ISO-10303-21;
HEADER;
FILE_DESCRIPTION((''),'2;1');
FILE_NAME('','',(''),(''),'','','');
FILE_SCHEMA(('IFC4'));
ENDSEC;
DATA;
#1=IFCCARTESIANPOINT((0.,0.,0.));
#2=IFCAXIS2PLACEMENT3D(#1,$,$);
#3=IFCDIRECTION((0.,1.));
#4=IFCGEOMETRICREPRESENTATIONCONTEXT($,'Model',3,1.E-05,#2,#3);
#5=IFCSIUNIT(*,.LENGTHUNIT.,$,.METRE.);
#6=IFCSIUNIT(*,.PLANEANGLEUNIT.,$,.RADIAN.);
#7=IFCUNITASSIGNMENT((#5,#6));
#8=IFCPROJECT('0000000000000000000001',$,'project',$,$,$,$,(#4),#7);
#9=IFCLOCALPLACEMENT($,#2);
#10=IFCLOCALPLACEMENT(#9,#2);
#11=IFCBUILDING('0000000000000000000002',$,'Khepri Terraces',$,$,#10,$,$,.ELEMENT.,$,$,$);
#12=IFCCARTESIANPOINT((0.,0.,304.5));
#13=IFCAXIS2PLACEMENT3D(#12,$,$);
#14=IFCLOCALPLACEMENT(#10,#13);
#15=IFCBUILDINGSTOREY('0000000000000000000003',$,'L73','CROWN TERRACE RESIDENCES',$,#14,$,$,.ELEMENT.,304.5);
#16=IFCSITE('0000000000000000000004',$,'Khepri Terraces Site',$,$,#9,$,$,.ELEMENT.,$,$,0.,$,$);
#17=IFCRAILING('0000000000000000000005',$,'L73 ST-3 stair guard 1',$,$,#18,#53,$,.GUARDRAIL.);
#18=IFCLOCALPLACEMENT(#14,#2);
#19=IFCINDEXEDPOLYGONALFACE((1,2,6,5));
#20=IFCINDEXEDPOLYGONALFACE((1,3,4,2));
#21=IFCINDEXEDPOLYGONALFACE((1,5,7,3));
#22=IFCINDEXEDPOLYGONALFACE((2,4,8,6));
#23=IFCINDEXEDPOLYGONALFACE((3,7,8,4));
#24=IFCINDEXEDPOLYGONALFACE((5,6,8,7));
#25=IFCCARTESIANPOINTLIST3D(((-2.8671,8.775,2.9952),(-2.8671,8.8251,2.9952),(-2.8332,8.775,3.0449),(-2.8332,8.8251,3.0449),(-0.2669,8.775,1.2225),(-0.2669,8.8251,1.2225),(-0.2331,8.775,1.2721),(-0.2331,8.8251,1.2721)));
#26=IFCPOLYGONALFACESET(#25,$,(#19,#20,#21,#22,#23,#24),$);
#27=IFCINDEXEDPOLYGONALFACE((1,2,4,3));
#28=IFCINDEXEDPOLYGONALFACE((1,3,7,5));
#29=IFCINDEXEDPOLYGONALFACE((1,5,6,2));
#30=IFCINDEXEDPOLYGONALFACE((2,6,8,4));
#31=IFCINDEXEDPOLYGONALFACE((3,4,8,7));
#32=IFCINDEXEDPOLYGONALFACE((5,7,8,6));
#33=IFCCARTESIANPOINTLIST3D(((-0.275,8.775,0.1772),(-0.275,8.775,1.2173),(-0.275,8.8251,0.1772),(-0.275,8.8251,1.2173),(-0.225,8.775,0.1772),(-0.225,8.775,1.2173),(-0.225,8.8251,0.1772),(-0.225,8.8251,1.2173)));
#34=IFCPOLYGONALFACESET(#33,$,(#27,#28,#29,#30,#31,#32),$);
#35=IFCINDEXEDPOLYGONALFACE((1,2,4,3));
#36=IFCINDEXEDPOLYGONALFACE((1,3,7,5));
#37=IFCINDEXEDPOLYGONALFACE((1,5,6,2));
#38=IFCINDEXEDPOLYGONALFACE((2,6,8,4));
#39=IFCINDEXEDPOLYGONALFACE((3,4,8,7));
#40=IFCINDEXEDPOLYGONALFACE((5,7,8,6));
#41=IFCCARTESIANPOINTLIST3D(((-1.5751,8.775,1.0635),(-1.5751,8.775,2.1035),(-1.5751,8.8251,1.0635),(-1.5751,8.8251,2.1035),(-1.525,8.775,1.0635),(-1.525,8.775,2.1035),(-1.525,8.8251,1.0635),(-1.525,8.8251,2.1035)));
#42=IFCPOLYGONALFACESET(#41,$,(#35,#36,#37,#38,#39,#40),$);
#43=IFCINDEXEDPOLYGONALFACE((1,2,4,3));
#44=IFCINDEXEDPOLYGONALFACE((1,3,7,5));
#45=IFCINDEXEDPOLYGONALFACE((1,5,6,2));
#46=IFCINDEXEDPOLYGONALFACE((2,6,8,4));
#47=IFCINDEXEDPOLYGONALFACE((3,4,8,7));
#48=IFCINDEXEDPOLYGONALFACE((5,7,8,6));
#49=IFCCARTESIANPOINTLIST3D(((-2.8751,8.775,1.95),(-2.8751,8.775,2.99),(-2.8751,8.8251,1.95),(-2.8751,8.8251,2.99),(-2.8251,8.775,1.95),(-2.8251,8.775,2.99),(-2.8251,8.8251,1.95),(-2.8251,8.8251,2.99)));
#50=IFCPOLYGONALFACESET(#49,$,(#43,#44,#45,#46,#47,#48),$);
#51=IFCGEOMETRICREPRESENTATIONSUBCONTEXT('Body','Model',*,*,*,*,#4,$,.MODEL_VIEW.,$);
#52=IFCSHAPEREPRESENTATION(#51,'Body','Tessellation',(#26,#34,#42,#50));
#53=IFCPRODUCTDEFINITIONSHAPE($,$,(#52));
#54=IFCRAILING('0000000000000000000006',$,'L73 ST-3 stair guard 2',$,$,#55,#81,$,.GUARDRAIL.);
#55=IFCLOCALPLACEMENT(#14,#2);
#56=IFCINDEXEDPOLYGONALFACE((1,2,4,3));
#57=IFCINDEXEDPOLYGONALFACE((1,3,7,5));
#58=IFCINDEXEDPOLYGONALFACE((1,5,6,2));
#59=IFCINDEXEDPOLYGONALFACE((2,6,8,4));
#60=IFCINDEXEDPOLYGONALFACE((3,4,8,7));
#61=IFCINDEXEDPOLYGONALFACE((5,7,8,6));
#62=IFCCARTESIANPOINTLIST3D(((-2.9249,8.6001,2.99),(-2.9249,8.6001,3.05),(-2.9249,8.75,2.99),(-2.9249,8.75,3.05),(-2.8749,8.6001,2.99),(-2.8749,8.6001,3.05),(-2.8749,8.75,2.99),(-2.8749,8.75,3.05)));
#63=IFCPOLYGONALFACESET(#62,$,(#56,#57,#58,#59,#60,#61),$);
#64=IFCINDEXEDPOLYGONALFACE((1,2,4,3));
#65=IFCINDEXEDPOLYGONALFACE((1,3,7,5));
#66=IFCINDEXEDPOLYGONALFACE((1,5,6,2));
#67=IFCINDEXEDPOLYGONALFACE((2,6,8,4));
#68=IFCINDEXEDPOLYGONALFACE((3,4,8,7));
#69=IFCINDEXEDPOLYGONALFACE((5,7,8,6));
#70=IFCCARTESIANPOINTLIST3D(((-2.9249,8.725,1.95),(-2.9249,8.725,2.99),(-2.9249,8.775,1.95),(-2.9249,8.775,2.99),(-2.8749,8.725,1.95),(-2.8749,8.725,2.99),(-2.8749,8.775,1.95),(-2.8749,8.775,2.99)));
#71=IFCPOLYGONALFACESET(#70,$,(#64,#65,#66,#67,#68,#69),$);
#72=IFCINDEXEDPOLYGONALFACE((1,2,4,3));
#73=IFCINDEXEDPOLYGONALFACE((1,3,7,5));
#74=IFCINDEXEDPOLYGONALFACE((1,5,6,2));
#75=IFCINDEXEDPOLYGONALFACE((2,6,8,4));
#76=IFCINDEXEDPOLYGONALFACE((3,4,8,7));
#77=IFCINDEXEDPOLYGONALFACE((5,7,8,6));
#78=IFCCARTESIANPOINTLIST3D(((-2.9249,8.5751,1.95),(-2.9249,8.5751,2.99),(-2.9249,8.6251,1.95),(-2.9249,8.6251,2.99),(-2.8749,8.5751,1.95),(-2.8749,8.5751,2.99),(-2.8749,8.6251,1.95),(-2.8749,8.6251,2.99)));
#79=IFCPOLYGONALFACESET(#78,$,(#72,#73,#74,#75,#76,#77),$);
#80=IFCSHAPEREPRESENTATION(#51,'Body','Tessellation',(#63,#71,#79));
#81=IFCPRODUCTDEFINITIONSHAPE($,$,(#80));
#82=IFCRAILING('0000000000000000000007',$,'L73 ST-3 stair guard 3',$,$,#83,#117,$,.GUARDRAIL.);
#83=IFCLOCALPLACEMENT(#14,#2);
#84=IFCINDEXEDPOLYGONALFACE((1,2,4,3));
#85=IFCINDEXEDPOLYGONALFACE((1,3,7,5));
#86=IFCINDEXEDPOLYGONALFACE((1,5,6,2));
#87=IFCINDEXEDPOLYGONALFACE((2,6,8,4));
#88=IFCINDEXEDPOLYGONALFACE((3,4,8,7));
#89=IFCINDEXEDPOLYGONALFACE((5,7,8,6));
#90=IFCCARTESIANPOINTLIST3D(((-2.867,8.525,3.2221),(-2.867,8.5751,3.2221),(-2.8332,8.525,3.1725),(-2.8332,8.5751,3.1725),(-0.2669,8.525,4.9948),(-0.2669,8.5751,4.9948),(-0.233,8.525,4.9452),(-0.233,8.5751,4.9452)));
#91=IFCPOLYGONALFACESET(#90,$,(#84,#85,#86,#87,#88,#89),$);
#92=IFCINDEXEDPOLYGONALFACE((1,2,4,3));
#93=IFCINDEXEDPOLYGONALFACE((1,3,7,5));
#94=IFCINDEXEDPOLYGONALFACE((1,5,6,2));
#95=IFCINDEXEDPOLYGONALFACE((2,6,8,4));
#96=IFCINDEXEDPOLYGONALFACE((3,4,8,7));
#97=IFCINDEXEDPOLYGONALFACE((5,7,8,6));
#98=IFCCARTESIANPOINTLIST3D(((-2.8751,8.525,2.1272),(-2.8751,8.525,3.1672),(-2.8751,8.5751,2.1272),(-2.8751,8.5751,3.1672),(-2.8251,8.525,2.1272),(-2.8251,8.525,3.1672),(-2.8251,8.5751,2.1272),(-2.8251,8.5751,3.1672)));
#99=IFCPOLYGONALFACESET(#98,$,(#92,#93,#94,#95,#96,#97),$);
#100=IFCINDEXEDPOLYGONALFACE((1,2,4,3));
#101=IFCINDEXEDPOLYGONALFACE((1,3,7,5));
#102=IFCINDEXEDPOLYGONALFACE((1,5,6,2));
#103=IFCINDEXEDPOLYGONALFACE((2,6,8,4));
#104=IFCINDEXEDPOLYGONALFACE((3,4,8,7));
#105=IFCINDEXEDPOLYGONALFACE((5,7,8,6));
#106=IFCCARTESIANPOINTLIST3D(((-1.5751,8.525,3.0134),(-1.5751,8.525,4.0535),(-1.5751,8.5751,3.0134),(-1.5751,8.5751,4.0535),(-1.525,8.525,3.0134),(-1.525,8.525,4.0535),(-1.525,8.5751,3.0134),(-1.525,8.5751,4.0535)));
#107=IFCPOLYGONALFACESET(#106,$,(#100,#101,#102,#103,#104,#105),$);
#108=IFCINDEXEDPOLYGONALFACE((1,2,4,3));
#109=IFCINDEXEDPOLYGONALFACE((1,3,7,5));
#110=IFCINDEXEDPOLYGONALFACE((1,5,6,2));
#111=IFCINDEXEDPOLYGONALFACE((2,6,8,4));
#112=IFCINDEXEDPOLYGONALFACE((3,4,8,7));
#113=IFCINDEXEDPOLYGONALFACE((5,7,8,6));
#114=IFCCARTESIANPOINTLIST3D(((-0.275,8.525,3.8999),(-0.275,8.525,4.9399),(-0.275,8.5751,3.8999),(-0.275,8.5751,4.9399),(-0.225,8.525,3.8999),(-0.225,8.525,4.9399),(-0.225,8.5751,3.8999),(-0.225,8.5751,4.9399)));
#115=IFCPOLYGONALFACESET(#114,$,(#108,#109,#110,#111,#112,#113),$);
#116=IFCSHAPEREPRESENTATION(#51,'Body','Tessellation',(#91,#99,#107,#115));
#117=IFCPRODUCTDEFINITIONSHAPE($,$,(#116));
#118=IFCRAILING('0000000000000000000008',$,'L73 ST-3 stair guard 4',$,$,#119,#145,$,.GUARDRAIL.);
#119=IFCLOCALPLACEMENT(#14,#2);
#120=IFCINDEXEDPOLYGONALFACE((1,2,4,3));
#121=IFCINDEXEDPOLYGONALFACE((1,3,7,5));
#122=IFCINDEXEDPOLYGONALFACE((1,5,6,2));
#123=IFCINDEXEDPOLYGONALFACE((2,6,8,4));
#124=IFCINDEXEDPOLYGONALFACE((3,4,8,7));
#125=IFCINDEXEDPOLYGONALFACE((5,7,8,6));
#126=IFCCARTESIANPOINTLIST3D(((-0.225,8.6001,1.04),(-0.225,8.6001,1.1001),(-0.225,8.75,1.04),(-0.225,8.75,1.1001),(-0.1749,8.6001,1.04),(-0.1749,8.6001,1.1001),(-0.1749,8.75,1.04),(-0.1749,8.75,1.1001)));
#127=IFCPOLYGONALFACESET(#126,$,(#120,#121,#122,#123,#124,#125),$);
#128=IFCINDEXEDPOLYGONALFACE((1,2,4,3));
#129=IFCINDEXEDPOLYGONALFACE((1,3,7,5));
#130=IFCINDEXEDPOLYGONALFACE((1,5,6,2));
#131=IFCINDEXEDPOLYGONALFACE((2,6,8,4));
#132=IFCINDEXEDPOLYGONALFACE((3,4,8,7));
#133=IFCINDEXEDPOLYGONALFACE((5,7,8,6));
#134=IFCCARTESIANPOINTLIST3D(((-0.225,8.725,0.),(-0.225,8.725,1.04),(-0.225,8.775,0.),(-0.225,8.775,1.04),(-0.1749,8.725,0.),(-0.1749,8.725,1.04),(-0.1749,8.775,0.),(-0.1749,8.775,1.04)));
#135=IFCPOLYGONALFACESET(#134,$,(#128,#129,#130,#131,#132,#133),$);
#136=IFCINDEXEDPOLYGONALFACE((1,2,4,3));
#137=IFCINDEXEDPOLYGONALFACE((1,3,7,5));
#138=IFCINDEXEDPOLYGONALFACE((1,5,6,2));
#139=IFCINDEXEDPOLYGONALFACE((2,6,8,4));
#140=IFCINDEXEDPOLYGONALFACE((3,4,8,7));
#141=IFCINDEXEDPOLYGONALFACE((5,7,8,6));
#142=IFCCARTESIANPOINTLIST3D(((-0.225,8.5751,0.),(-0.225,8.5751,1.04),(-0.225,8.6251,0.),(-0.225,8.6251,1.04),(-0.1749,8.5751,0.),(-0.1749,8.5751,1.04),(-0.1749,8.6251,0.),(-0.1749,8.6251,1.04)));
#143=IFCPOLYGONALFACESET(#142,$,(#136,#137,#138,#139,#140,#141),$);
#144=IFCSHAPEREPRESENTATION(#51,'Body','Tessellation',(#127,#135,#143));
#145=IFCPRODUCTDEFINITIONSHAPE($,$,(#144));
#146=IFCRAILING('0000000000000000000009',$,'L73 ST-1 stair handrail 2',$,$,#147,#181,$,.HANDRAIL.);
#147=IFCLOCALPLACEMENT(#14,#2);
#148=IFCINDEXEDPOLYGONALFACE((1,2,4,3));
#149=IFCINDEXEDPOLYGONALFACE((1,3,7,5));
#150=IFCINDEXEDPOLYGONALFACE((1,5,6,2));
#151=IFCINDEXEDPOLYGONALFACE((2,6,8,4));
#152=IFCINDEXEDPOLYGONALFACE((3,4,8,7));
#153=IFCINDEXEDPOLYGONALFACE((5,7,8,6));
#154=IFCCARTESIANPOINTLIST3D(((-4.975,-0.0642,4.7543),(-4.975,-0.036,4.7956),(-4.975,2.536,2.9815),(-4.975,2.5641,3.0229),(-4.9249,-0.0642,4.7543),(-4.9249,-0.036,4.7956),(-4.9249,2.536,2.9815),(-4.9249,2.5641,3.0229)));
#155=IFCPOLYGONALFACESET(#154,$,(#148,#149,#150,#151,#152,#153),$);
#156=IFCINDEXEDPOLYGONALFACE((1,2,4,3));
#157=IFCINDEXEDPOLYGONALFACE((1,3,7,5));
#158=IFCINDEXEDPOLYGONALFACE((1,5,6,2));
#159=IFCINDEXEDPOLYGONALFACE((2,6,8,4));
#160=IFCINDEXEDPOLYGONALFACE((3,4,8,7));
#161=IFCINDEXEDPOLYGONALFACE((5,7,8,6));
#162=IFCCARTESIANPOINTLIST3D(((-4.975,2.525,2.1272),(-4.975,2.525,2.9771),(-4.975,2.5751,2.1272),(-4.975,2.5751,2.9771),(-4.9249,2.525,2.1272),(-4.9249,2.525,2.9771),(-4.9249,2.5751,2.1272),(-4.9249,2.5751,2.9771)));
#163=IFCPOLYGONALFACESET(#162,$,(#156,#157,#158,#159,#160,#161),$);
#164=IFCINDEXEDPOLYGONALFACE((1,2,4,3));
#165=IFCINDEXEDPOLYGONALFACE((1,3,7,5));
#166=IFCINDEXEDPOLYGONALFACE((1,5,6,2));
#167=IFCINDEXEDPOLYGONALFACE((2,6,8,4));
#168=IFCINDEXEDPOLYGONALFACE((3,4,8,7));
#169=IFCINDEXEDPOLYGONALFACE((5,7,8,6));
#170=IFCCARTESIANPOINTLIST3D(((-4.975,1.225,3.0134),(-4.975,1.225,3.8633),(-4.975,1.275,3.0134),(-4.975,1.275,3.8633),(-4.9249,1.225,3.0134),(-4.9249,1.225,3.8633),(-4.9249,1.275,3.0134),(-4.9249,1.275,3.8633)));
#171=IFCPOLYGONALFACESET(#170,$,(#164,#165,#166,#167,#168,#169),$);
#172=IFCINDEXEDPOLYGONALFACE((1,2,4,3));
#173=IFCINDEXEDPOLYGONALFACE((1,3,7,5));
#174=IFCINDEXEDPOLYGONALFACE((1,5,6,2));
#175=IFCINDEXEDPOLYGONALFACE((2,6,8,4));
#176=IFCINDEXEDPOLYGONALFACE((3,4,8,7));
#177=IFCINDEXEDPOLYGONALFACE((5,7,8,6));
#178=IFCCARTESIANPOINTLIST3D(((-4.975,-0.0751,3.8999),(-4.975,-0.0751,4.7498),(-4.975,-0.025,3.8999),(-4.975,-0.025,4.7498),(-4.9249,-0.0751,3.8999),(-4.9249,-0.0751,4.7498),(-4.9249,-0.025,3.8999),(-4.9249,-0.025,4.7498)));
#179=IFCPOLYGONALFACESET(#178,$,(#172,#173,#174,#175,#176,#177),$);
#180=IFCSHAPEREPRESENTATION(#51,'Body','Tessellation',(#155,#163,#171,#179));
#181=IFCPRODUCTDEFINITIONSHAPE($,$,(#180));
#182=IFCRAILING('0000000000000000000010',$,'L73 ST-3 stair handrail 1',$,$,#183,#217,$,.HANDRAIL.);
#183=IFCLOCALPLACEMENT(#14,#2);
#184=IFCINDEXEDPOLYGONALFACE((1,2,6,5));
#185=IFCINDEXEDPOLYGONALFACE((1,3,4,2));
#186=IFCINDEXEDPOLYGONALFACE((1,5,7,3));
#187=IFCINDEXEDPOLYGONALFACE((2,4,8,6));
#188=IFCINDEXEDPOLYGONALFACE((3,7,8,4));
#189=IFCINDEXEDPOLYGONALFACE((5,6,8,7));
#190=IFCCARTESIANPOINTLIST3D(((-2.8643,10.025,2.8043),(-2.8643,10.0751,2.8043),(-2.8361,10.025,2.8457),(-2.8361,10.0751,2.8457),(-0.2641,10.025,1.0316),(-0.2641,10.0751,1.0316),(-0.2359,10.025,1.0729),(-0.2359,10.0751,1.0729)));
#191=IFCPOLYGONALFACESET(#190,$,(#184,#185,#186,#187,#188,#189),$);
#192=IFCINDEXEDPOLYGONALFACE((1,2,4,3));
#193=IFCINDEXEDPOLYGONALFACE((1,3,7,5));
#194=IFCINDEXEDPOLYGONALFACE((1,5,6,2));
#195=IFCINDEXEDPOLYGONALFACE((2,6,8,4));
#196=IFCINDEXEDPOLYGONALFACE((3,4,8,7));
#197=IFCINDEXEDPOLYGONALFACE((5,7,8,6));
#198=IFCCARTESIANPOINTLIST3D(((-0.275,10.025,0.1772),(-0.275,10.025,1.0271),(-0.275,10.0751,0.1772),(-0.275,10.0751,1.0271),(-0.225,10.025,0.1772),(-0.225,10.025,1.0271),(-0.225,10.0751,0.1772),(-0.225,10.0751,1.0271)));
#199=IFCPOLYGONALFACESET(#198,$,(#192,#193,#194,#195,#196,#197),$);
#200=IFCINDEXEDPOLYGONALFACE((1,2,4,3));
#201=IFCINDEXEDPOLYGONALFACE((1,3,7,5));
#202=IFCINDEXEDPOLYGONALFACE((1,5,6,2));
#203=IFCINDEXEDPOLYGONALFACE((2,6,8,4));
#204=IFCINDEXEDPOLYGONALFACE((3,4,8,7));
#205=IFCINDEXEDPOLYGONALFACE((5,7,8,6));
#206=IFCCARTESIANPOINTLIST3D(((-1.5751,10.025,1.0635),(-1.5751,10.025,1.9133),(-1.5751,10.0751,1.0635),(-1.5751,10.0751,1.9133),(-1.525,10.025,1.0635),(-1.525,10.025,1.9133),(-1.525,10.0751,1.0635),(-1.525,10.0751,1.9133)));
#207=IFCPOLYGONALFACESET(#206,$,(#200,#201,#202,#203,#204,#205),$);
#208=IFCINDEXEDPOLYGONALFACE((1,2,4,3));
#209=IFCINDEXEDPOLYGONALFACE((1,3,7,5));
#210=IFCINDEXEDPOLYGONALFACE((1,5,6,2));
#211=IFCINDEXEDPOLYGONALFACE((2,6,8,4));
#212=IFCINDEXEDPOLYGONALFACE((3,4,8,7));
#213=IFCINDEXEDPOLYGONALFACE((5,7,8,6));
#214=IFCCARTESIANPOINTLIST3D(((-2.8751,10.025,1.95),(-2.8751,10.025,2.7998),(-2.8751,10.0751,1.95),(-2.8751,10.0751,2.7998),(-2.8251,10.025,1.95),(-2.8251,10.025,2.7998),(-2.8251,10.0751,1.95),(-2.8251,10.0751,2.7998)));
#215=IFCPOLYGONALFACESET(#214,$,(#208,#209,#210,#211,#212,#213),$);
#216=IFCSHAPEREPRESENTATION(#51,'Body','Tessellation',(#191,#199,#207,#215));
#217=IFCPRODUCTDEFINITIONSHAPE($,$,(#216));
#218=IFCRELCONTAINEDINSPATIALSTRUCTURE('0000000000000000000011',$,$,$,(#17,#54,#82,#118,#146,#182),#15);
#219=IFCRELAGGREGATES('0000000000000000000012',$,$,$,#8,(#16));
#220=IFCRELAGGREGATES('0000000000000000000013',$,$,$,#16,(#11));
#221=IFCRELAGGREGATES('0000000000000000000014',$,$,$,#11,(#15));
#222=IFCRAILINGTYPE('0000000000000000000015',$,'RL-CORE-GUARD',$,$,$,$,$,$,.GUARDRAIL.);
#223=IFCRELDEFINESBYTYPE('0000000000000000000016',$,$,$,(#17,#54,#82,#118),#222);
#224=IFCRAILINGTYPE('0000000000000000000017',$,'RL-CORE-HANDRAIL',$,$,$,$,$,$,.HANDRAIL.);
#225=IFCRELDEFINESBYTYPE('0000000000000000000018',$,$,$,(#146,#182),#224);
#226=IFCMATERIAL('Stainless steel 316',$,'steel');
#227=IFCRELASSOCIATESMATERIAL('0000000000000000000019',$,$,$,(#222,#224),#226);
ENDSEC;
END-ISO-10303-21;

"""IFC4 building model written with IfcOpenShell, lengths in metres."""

from ifc_helpers import new_model, si_unit, direction, frame, origin, origin_2d, place, context, subcontext, project, spatial, rectangle, extrude, material, type_object, element, save


model = new_model("IFC4")

# Units and contexts
model_context = context("Model", 3, precision=1e-05, world=origin(), true_north=direction((0.0, 1.0)))
body_context = subcontext(model_context, "Body", "Model", "MODEL_VIEW")
ifc_project = project(units=[si_unit("LENGTHUNIT", "METRE"), si_unit("PLANEANGLEUNIT", "RADIAN")], contexts=[model_context])

# Site, building, storey
site_placement = place(None, origin())
site = spatial("IfcSite", under=ifc_project, at=site_placement, Name="Khepri Terraces Site", CompositionType="ELEMENT", RefElevation=0.0)
building_placement = place(site_placement, origin())
building = spatial("IfcBuilding", under=site, at=building_placement, Name="Khepri Terraces", CompositionType="ELEMENT")
storey_placement = place(building_placement, frame((0.0, 0.0, 304.5)))
storey = spatial("IfcBuildingStorey", under=building, at=storey_placement, Name="L73", Description="CROWN TERRACE RESIDENCES", CompositionType="ELEMENT", Elevation=304.5)

# Railings
ifc_material_1 = material(Name="Stainless steel 316", Category="steel")
railing_type_1 = type_object("IfcRailingType", Name="RL-CORE-GUARD", PredefinedType="GUARDRAIL", material=ifc_material_1)
railing_1_placement = place(storey_placement, frame((-0.25, 8.8, 0.1772)))
element("IfcRailing", 1, at=railing_1_placement, inside=storey, type_object=railing_type_1, Name="L73 ST-3 stair guard 1", PredefinedType="GUARDRAIL", context=body_context, shape_type="SweptSolid", body=[
    extrude(rectangle(XDim=0.05, YDim=0.0601, at=origin_2d()), frame((0.0, 0.0, 1.0701), z_axis=(-0.82624, 0.0, 0.563318), x_axis=(0.0, -1.0, 0.0)), (0.0, 0.0, 1.0), 3.147),
    extrude(rectangle(XDim=0.05, YDim=0.05, at=origin_2d()), origin(), (0.0, 0.0, 1.0), 1.04),
    extrude(rectangle(XDim=0.05, YDim=0.05, at=origin_2d()), frame((-1.3, 0.0, 0.8862)), (0.0, 0.0, 1.0), 1.04),
    extrude(rectangle(XDim=0.05, YDim=0.05, at=origin_2d()), frame((-2.6001, 0.0, 1.7727)), (0.0, 0.0, 1.0), 1.04),
])
railing_2_placement = place(storey_placement, frame((-2.8999, 8.75, 1.95)))
element("IfcRailing", 2, at=railing_2_placement, inside=storey, type_object=railing_type_1, Name="L73 ST-3 stair guard 2", PredefinedType="GUARDRAIL", context=body_context, shape_type="SweptSolid", body=[
    extrude(rectangle(XDim=0.05, YDim=0.0601, at=origin_2d()), frame((0.0, 0.0, 1.0701), z_axis=(0.0, -1.0, 0.0), x_axis=(1.0, 0.0, 0.0)), (0.0, 0.0, 1.0), 0.1499),
    extrude(rectangle(XDim=0.05, YDim=0.05, at=origin_2d()), origin(), (0.0, 0.0, 1.0), 1.04),
    extrude(rectangle(XDim=0.05, YDim=0.05, at=origin_2d()), frame((0.0, -0.1499, 0.0)), (0.0, 0.0, 1.0), 1.04),
])
railing_3_placement = place(storey_placement, frame((-2.8501, 8.55, 2.1272)))
element("IfcRailing", 3, at=railing_3_placement, inside=storey, type_object=railing_type_1, Name="L73 ST-3 stair guard 3", PredefinedType="GUARDRAIL", context=body_context, shape_type="SweptSolid", body=[
    extrude(rectangle(XDim=0.05, YDim=0.0601, at=origin_2d()), frame((0.0, 0.0, 1.0701), z_axis=(0.82624, 0.0, 0.563318), x_axis=(0.0, 1.0, 0.0)), (0.0, 0.0, 1.0), 3.147),
    extrude(rectangle(XDim=0.05, YDim=0.05, at=origin_2d()), origin(), (0.0, 0.0, 1.0), 1.04),
    extrude(rectangle(XDim=0.05, YDim=0.05, at=origin_2d()), frame((1.3, 0.0, 0.8862)), (0.0, 0.0, 1.0), 1.04),
    extrude(rectangle(XDim=0.05, YDim=0.05, at=origin_2d()), frame((2.6001, 0.0, 1.7727)), (0.0, 0.0, 1.0), 1.04),
])
railing_4_placement = place(storey_placement, frame((-0.2, 8.75, 0.0)))
element("IfcRailing", 4, at=railing_4_placement, inside=storey, type_object=railing_type_1, Name="L73 ST-3 stair guard 4", PredefinedType="GUARDRAIL", context=body_context, shape_type="SweptSolid", body=[
    extrude(rectangle(XDim=0.05, YDim=0.0601, at=origin_2d()), frame((0.0, 0.0, 1.0701), z_axis=(0.0, -1.0, 0.0), x_axis=(1.0, 0.0, 0.0)), (0.0, 0.0, 1.0), 0.1499),
    extrude(rectangle(XDim=0.05, YDim=0.05, at=origin_2d()), origin(), (0.0, 0.0, 1.0), 1.04),
    extrude(rectangle(XDim=0.05, YDim=0.05, at=origin_2d()), frame((0.0, -0.1499, 0.0)), (0.0, 0.0, 1.0), 1.04),
])
railing_type_2 = type_object("IfcRailingType", Name="RL-CORE-HANDRAIL", PredefinedType="HANDRAIL", material=ifc_material_1)
railing_5_placement = place(storey_placement, frame((-4.95, 2.55, 2.1272)))
element("IfcRailing", 5, at=railing_5_placement, inside=storey, type_object=railing_type_2, Name="L73 ST-1 stair handrail 2", PredefinedType="HANDRAIL", context=body_context, shape_type="SweptSolid", body=[
    extrude(rectangle(XDim=0.05, YDim=0.05, at=origin_2d()), frame((0.0, 0.0, 0.875), z_axis=(0.0, -0.82624, 0.563318), x_axis=(1.0, 0.0, 0.0)), (0.0, 0.0, 1.0), 3.147),
    extrude(rectangle(XDim=0.05, YDim=0.05, at=origin_2d()), origin(), (0.0, 0.0, 1.0), 0.8499),
    extrude(rectangle(XDim=0.05, YDim=0.05, at=origin_2d()), frame((0.0, -1.3, 0.8862)), (0.0, 0.0, 1.0), 0.8499),
    extrude(rectangle(XDim=0.05, YDim=0.05, at=origin_2d()), frame((0.0, -2.6001, 1.7727)), (0.0, 0.0, 1.0), 0.8499),
])
railing_6_placement = place(storey_placement, frame((-0.25, 10.05, 0.1772)))
element("IfcRailing", 6, at=railing_6_placement, inside=storey, type_object=railing_type_2, Name="L73 ST-3 stair handrail 1", PredefinedType="HANDRAIL", context=body_context, shape_type="SweptSolid", body=[
    extrude(rectangle(XDim=0.05, YDim=0.05, at=origin_2d()), frame((0.0, 0.0, 0.875), z_axis=(-0.82624, 0.0, 0.563318), x_axis=(0.0, -1.0, 0.0)), (0.0, 0.0, 1.0), 3.147),
    extrude(rectangle(XDim=0.05, YDim=0.05, at=origin_2d()), origin(), (0.0, 0.0, 1.0), 0.8499),
    extrude(rectangle(XDim=0.05, YDim=0.05, at=origin_2d()), frame((-1.3, 0.0, 0.8862)), (0.0, 0.0, 1.0), 0.8499),
    extrude(rectangle(XDim=0.05, YDim=0.05, at=origin_2d()), frame((-2.6001, 0.0, 1.7727)), (0.0, 0.0, 1.0), 0.8499),
])

save(model, "model.ifc")
